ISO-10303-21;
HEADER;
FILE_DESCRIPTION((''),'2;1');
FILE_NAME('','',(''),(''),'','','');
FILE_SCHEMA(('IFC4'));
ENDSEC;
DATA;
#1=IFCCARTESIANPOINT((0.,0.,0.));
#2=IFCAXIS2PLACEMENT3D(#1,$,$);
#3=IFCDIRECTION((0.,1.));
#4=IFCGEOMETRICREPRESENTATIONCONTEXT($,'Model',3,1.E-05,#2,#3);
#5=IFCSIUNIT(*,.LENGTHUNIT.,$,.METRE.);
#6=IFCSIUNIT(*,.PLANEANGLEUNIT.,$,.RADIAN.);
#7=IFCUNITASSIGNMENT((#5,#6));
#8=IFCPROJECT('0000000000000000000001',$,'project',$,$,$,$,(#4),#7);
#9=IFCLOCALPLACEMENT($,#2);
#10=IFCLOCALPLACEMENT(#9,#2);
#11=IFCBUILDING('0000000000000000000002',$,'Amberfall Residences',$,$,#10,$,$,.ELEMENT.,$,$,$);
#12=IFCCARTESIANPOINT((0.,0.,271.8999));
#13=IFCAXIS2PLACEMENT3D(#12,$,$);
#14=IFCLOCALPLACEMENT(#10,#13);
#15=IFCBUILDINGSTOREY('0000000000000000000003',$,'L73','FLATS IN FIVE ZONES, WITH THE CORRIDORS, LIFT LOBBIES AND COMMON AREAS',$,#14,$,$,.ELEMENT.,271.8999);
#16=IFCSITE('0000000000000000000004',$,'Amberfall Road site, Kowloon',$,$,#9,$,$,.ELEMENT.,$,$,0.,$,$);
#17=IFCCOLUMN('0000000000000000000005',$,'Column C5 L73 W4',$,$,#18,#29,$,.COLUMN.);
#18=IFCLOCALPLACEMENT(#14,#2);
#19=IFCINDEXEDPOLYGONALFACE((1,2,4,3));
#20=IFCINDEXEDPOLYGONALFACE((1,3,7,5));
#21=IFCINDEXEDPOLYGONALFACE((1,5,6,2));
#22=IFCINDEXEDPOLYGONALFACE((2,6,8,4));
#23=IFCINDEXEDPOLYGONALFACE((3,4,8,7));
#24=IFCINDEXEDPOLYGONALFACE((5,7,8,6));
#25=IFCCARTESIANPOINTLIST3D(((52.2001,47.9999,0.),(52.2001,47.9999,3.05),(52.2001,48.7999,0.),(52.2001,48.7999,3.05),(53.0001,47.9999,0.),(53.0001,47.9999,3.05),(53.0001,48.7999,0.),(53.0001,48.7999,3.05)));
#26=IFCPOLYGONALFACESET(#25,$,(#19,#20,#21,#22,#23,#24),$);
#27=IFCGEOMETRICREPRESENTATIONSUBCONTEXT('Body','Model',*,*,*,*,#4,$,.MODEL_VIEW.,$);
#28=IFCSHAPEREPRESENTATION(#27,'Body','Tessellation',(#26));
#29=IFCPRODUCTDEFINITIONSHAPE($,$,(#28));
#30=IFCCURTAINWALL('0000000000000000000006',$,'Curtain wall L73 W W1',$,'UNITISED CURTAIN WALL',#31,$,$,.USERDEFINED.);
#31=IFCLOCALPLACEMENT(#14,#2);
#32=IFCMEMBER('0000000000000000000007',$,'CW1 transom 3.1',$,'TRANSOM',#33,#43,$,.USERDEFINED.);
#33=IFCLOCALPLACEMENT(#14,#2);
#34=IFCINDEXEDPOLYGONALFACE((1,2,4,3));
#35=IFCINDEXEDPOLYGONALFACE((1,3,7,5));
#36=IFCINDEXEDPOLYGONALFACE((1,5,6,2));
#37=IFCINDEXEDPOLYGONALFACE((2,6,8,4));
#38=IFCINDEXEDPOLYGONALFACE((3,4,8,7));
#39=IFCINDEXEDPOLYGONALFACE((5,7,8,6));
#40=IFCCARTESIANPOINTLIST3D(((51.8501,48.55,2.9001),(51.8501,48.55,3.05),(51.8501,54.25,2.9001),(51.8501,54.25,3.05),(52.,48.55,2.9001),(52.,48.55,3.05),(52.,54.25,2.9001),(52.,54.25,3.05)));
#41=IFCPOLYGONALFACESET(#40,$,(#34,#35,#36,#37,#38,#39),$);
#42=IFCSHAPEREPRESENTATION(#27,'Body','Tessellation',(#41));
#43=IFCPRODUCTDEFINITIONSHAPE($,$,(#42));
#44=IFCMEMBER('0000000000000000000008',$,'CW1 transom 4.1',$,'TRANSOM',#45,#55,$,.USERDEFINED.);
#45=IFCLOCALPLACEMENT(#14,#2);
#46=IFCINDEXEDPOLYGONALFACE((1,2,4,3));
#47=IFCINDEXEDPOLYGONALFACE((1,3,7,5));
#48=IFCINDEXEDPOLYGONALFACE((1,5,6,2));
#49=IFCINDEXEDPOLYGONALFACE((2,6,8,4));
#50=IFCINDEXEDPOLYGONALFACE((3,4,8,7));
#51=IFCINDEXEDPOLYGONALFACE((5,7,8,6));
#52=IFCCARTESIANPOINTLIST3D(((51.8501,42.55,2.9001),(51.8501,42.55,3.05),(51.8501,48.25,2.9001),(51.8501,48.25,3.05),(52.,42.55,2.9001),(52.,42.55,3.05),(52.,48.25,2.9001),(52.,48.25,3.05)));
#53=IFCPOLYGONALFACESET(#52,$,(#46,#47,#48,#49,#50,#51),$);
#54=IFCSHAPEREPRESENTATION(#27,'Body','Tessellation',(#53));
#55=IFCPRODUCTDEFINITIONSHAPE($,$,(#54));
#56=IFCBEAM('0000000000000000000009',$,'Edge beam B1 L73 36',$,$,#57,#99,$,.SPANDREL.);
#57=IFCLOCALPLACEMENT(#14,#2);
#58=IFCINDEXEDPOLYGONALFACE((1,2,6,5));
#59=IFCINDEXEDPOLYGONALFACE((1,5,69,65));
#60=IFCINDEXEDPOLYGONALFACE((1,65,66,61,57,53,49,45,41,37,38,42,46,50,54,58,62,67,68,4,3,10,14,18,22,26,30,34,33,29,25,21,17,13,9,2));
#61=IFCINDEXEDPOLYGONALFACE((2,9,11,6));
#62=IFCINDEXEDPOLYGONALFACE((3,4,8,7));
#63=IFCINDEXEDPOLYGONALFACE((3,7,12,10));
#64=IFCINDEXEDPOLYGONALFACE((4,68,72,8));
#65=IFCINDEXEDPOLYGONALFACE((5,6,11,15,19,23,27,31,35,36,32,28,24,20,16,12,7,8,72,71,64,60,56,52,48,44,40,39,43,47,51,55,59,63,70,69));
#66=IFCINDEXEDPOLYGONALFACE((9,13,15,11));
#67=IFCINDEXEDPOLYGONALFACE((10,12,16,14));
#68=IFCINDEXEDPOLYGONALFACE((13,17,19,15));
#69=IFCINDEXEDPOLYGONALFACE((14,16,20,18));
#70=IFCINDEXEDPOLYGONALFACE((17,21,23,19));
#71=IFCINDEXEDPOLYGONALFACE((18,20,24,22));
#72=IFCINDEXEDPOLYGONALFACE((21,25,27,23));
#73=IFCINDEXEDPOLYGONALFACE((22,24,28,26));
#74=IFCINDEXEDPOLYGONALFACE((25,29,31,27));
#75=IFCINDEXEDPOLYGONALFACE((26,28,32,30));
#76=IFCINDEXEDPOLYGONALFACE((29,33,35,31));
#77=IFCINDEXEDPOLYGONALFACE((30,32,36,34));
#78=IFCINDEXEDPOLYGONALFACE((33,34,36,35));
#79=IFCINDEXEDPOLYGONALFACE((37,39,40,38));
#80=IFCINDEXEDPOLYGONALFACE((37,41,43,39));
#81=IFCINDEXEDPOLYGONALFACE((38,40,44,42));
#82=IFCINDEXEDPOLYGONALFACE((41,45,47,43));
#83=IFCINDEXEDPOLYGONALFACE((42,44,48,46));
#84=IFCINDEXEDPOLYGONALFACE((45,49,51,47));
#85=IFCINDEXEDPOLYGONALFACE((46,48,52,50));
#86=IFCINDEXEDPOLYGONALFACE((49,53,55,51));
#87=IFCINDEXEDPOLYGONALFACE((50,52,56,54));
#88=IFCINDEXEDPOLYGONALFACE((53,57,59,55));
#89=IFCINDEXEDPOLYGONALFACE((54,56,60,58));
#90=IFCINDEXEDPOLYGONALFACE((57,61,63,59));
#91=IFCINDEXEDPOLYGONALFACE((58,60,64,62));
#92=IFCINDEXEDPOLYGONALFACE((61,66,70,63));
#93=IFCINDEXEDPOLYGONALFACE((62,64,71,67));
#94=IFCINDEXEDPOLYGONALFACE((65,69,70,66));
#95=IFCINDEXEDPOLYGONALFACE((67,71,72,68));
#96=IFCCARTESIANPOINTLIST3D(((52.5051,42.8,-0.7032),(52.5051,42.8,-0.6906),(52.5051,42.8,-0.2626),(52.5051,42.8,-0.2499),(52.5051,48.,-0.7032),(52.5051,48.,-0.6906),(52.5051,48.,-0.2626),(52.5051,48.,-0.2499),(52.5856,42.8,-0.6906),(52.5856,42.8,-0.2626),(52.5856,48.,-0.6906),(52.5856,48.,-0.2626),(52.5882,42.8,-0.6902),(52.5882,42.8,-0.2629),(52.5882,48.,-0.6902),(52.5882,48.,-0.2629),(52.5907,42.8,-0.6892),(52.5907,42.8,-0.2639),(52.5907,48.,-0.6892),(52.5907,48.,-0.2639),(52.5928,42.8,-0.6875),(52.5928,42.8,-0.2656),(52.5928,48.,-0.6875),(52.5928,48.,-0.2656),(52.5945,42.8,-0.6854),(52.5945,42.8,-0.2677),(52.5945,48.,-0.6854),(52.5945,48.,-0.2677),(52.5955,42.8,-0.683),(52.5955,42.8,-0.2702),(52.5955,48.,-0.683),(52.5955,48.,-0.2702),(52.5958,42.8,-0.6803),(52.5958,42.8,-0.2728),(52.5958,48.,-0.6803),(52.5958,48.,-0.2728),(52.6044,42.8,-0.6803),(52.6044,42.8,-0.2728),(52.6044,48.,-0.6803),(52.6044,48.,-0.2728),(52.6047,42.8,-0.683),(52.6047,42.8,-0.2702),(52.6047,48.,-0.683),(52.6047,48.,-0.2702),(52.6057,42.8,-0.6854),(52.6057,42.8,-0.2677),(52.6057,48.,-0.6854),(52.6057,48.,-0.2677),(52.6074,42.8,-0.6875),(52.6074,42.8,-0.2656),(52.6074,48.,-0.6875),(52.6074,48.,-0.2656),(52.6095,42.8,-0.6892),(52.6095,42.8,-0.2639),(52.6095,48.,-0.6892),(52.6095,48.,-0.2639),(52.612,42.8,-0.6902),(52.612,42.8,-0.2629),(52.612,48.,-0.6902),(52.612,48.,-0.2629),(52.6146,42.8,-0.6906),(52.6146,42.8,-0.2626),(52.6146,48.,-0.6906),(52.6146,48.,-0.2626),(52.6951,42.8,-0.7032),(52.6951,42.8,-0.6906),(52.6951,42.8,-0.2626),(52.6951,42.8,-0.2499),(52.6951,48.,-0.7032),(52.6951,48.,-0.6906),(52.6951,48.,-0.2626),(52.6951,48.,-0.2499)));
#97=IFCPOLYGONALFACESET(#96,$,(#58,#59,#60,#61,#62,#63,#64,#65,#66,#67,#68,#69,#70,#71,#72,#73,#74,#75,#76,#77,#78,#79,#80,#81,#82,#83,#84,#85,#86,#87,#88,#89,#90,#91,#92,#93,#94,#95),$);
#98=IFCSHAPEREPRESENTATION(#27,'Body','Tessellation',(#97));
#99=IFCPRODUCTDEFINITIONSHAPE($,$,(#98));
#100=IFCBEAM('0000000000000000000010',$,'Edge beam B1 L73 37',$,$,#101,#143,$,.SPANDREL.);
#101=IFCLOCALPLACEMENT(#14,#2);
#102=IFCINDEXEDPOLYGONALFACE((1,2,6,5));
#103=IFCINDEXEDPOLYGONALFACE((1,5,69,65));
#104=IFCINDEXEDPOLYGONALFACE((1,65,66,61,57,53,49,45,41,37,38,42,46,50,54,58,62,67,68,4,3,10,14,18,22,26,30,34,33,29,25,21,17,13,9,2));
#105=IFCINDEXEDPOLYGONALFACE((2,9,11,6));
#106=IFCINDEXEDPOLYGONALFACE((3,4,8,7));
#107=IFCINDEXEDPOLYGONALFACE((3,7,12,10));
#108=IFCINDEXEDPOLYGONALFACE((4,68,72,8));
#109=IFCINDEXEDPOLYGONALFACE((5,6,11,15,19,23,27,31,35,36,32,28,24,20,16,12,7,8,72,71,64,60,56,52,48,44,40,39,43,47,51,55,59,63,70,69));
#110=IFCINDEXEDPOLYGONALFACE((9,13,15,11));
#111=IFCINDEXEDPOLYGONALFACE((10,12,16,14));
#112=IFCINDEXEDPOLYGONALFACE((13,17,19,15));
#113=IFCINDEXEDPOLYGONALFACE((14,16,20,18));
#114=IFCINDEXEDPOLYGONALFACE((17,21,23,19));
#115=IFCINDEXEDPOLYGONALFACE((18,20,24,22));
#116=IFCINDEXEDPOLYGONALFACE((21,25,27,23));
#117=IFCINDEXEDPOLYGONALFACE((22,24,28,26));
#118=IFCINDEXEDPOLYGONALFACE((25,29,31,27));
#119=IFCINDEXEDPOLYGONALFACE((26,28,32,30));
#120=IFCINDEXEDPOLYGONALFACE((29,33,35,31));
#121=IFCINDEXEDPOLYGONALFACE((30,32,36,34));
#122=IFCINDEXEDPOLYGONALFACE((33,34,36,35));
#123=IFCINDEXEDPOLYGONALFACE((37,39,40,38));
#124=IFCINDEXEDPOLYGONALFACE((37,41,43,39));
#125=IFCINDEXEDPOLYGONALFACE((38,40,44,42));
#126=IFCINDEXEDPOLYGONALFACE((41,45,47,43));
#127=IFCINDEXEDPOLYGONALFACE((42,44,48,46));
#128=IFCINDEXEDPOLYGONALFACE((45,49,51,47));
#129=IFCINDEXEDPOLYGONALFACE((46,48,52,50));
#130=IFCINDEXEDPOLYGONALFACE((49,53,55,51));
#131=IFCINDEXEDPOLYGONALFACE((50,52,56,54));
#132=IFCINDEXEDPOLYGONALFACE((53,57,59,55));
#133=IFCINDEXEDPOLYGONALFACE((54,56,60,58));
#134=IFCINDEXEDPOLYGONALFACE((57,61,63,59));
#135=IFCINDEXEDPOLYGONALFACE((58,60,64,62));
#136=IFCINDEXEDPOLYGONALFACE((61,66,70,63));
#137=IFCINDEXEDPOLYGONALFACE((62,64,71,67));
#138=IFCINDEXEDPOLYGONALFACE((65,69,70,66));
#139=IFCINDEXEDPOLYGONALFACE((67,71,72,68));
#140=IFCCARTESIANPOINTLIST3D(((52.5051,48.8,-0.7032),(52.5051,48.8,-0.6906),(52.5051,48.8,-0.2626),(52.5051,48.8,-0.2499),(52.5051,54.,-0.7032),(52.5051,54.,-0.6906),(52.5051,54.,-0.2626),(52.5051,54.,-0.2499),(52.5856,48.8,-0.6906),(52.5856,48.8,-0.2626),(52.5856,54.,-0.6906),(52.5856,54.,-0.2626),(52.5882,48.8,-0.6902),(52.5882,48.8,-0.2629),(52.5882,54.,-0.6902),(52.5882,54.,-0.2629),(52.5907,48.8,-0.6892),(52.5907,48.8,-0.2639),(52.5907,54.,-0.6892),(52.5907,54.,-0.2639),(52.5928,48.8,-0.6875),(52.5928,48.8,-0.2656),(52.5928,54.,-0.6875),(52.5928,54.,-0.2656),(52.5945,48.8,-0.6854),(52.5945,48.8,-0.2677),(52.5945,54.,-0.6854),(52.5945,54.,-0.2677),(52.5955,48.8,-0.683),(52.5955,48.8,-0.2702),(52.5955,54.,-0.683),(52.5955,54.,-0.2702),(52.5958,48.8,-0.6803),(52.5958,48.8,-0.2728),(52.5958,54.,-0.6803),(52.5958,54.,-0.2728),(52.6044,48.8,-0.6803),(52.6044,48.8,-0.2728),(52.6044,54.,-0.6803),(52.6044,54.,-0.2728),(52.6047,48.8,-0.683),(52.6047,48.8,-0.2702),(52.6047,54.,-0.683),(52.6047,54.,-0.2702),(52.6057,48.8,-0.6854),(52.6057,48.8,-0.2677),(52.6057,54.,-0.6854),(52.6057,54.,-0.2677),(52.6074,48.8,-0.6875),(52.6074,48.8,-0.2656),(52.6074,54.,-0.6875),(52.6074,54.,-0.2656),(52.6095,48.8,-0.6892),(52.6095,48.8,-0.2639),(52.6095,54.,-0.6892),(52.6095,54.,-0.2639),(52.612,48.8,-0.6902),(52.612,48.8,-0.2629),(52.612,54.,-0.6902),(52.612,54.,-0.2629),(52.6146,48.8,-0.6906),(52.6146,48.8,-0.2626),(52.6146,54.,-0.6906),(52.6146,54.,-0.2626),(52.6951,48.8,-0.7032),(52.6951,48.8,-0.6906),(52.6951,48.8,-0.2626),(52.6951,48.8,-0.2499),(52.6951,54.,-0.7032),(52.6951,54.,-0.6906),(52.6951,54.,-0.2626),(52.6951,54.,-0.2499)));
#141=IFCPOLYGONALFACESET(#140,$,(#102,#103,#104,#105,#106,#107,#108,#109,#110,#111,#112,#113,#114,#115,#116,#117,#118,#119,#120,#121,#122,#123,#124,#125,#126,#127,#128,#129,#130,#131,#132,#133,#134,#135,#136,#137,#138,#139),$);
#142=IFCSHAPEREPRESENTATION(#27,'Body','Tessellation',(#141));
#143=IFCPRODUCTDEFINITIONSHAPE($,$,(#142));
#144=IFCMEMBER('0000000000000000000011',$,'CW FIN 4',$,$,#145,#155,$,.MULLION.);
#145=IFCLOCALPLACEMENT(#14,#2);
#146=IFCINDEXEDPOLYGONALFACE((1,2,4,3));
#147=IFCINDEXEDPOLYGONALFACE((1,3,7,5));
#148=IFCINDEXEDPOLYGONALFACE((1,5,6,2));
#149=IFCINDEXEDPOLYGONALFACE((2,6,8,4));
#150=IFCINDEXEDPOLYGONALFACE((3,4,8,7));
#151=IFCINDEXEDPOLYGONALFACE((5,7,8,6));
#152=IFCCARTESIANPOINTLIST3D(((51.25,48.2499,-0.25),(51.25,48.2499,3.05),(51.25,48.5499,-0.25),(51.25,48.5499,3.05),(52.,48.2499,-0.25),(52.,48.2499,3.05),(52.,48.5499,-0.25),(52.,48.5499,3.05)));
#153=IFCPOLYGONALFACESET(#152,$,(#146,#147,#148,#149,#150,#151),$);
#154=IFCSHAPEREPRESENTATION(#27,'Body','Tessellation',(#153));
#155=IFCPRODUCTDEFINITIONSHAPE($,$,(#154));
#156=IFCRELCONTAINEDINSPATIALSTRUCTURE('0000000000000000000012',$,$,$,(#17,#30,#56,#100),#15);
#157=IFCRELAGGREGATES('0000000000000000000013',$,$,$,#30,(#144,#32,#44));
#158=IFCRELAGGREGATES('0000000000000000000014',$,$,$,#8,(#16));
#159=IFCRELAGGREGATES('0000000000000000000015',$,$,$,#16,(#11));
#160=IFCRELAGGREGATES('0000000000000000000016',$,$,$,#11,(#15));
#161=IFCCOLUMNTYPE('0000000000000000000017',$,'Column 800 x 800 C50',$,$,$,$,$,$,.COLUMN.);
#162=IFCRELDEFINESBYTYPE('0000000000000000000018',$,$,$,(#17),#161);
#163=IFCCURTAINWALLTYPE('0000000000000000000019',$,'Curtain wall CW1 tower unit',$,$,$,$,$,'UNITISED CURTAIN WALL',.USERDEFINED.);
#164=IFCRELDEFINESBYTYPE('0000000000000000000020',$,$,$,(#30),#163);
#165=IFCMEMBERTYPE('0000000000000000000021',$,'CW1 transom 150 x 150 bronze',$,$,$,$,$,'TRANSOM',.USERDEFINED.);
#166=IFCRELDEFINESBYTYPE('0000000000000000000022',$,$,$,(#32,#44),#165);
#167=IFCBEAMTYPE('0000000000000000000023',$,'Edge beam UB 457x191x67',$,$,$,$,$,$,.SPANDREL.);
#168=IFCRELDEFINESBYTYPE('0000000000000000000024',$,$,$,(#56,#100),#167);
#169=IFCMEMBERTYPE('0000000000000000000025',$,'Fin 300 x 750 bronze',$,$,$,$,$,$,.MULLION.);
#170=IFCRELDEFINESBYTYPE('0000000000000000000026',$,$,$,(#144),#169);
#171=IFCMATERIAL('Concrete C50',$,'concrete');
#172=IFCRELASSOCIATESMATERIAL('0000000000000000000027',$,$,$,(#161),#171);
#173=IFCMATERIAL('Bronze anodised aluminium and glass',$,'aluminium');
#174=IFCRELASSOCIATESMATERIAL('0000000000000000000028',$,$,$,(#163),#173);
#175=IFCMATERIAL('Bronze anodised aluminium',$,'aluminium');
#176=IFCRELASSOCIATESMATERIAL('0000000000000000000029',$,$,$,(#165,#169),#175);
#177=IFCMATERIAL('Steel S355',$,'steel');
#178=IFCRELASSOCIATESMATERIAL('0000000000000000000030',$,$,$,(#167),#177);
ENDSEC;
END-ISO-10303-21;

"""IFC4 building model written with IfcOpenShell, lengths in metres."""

from ifc_helpers import new_model, si_unit, direction, frame, origin, origin_2d, place, context, subcontext, project, spatial, rectangle, i_section, extrude, material, material_profile, profile_set, type_object, element, aggregate, save


model = new_model("IFC4")

# Units and contexts
model_context = context("Model", 3, precision=1e-05, world=origin(), true_north=direction((0.0, 1.0)))
body_context = subcontext(model_context, "Body", "Model", "MODEL_VIEW")
ifc_project = project(units=[si_unit("LENGTHUNIT", "METRE"), si_unit("PLANEANGLEUNIT", "RADIAN")], contexts=[model_context])

# Site, building, storey
site_placement = place(None, origin())
site = spatial("IfcSite", under=ifc_project, at=site_placement, Name="Amberfall Road site, Kowloon", CompositionType="ELEMENT", RefElevation=0.0)
building_placement = place(site_placement, origin())
building = spatial("IfcBuilding", under=site, at=building_placement, Name="Amberfall Residences", CompositionType="ELEMENT")
storey_placement = place(building_placement, frame((0.0, 0.0, 271.8999)))
storey = spatial("IfcBuildingStorey", under=building, at=storey_placement, Name="L73", Description="FLATS IN FIVE ZONES, WITH THE CORRIDORS, LIFT LOBBIES AND COMMON AREAS", CompositionType="ELEMENT", Elevation=271.8999)

# Column
ifc_material_1 = material(Name="Concrete C50", Category="concrete")
ifc_material_profile_1 = material_profile(ifc_material_1, rectangle(XDim=0.8, YDim=0.8, at=origin_2d()), Name="Column 800 x 800 C50")
ifc_profile_set_1 = profile_set([ifc_material_profile_1], Name="Concrete C50")
column_type = type_object("IfcColumnType", Name="Column 800 x 800 C50", PredefinedType="COLUMN", material=ifc_profile_set_1)
column_placement = place(storey_placement, frame((52.6001, 48.3999, 0.0), z_axis=(0.0, 0.0, 1.0), x_axis=(1.0, 0.0, 0.0)))
element("IfcColumn", 1, at=column_placement, inside=storey, type_object=column_type, Name="Column C5 L73 W4", PredefinedType="COLUMN", context=body_context, shape_type="SweptSolid", body=[
    extrude(rectangle(XDim=0.8, YDim=0.8, at=origin_2d()), origin(), (0.0, 0.0, 1.0), 3.05),
])

# Curtain wall, members
ifc_material_2 = material(Name="Bronze anodised aluminium and glass", Category="aluminium")
curtain_wall_type = type_object("IfcCurtainWallType", Name="Curtain wall CW1 tower unit", ElementType="UNITISED CURTAIN WALL", PredefinedType="USERDEFINED", material=ifc_material_2)
curtain_wall_placement = place(storey_placement, origin())
curtain_wall = element("IfcCurtainWall", 2, at=curtain_wall_placement, inside=storey, type_object=curtain_wall_type, Name="Curtain wall L73 W W1", ObjectType="UNITISED CURTAIN WALL", PredefinedType="USERDEFINED")
ifc_material_3 = material(Name="Bronze anodised aluminium", Category="aluminium")
ifc_material_profile_2 = material_profile(ifc_material_3, rectangle(XDim=0.1499, YDim=0.1499, at=origin_2d()), Name="CW1 transom 150 x 150 bronze")
ifc_profile_set_2 = profile_set([ifc_material_profile_2], Name="Bronze anodised aluminium")
member_type_1 = type_object("IfcMemberType", Name="CW1 transom 150 x 150 bronze", ElementType="TRANSOM", PredefinedType="USERDEFINED", material=ifc_profile_set_2)
member_1_placement = place(storey_placement, frame((51.925, 54.25, 2.9751), z_axis=(0.0, -1.0, 0.0), x_axis=(1.0, 0.0, 0.0)))
member_1 = element("IfcMember", 3, at=member_1_placement, type_object=member_type_1, Name="CW1 transom 3.1", ObjectType="TRANSOM", PredefinedType="USERDEFINED", context=body_context, shape_type="SweptSolid", body=[
    extrude(rectangle(XDim=0.1499, YDim=0.1499, at=origin_2d()), origin(), (0.0, 0.0, 1.0), 5.7),
])
member_2_placement = place(storey_placement, frame((51.925, 48.25, 2.9751), z_axis=(0.0, -1.0, 0.0), x_axis=(1.0, 0.0, 0.0)))
member_2 = element("IfcMember", 4, at=member_2_placement, type_object=member_type_1, Name="CW1 transom 4.1", ObjectType="TRANSOM", PredefinedType="USERDEFINED", context=body_context, shape_type="SweptSolid", body=[
    extrude(rectangle(XDim=0.1499, YDim=0.1499, at=origin_2d()), origin(), (0.0, 0.0, 1.0), 5.7),
])

# Beams
ifc_material_4 = material(Name="Steel S355", Category="steel")
ifc_material_profile_3 = material_profile(ifc_material_4, i_section(OverallWidth=0.1899, OverallDepth=0.4534, WebThickness=0.0085, FlangeThickness=0.0127, FilletRadius=0.0103, at=origin_2d()), Name="UB 457x191x67")
ifc_profile_set_3 = profile_set([ifc_material_profile_3], Name="Steel S355")
beam_type_1 = type_object("IfcBeamType", Name="Edge beam UB 457x191x67", PredefinedType="SPANDREL", material=ifc_profile_set_3)
for number, where, z_axis, x_axis, name in (
    (5, (52.6001, 42.8, -0.4766), (0.0, 1.0, 0.0), (-1.0, 0.0, 0.0), "Edge beam B1 L73 36"),
    (6, (52.6001, 48.8, -0.4766), (0.0, 1.0, 0.0), (-1.0, 0.0, 0.0), "Edge beam B1 L73 37"),
):
    element("IfcBeam", number, at=place(storey_placement, frame(where, z_axis=z_axis, x_axis=x_axis)), inside=storey, type_object=beam_type_1, Name=name, PredefinedType="SPANDREL", context=body_context, shape_type="SweptSolid", body=[
        extrude(i_section(OverallWidth=0.1899, OverallDepth=0.4534, WebThickness=0.0085, FlangeThickness=0.0127, FilletRadius=0.0103, at=origin_2d()), origin(), (0.0, 0.0, 1.0), 5.2),
    ])

# Member
ifc_material_profile_4 = material_profile(ifc_material_3, rectangle(XDim=0.75, YDim=0.3, at=origin_2d()), Name="Fin 300 x 750 bronze")
ifc_profile_set_4 = profile_set([ifc_material_profile_4], Name="Bronze anodised aluminium")
member_type_2 = type_object("IfcMemberType", Name="Fin 300 x 750 bronze", PredefinedType="MULLION", material=ifc_profile_set_4)
member_3_placement = place(storey_placement, frame((51.625, 48.3999, -0.25), z_axis=(0.0, 0.0, 1.0), x_axis=(1.0, 0.0, 0.0)))
member_3 = element("IfcMember", 7, at=member_3_placement, type_object=member_type_2, Name="CW FIN 4", PredefinedType="MULLION", context=body_context, shape_type="SweptSolid", body=[
    extrude(rectangle(XDim=0.75, YDim=0.3, at=origin_2d()), origin(), (0.0, 0.0, 1.0), 3.3),
])

aggregate(curtain_wall, [member_3, member_1, member_2])

save(model, "model.ifc")
